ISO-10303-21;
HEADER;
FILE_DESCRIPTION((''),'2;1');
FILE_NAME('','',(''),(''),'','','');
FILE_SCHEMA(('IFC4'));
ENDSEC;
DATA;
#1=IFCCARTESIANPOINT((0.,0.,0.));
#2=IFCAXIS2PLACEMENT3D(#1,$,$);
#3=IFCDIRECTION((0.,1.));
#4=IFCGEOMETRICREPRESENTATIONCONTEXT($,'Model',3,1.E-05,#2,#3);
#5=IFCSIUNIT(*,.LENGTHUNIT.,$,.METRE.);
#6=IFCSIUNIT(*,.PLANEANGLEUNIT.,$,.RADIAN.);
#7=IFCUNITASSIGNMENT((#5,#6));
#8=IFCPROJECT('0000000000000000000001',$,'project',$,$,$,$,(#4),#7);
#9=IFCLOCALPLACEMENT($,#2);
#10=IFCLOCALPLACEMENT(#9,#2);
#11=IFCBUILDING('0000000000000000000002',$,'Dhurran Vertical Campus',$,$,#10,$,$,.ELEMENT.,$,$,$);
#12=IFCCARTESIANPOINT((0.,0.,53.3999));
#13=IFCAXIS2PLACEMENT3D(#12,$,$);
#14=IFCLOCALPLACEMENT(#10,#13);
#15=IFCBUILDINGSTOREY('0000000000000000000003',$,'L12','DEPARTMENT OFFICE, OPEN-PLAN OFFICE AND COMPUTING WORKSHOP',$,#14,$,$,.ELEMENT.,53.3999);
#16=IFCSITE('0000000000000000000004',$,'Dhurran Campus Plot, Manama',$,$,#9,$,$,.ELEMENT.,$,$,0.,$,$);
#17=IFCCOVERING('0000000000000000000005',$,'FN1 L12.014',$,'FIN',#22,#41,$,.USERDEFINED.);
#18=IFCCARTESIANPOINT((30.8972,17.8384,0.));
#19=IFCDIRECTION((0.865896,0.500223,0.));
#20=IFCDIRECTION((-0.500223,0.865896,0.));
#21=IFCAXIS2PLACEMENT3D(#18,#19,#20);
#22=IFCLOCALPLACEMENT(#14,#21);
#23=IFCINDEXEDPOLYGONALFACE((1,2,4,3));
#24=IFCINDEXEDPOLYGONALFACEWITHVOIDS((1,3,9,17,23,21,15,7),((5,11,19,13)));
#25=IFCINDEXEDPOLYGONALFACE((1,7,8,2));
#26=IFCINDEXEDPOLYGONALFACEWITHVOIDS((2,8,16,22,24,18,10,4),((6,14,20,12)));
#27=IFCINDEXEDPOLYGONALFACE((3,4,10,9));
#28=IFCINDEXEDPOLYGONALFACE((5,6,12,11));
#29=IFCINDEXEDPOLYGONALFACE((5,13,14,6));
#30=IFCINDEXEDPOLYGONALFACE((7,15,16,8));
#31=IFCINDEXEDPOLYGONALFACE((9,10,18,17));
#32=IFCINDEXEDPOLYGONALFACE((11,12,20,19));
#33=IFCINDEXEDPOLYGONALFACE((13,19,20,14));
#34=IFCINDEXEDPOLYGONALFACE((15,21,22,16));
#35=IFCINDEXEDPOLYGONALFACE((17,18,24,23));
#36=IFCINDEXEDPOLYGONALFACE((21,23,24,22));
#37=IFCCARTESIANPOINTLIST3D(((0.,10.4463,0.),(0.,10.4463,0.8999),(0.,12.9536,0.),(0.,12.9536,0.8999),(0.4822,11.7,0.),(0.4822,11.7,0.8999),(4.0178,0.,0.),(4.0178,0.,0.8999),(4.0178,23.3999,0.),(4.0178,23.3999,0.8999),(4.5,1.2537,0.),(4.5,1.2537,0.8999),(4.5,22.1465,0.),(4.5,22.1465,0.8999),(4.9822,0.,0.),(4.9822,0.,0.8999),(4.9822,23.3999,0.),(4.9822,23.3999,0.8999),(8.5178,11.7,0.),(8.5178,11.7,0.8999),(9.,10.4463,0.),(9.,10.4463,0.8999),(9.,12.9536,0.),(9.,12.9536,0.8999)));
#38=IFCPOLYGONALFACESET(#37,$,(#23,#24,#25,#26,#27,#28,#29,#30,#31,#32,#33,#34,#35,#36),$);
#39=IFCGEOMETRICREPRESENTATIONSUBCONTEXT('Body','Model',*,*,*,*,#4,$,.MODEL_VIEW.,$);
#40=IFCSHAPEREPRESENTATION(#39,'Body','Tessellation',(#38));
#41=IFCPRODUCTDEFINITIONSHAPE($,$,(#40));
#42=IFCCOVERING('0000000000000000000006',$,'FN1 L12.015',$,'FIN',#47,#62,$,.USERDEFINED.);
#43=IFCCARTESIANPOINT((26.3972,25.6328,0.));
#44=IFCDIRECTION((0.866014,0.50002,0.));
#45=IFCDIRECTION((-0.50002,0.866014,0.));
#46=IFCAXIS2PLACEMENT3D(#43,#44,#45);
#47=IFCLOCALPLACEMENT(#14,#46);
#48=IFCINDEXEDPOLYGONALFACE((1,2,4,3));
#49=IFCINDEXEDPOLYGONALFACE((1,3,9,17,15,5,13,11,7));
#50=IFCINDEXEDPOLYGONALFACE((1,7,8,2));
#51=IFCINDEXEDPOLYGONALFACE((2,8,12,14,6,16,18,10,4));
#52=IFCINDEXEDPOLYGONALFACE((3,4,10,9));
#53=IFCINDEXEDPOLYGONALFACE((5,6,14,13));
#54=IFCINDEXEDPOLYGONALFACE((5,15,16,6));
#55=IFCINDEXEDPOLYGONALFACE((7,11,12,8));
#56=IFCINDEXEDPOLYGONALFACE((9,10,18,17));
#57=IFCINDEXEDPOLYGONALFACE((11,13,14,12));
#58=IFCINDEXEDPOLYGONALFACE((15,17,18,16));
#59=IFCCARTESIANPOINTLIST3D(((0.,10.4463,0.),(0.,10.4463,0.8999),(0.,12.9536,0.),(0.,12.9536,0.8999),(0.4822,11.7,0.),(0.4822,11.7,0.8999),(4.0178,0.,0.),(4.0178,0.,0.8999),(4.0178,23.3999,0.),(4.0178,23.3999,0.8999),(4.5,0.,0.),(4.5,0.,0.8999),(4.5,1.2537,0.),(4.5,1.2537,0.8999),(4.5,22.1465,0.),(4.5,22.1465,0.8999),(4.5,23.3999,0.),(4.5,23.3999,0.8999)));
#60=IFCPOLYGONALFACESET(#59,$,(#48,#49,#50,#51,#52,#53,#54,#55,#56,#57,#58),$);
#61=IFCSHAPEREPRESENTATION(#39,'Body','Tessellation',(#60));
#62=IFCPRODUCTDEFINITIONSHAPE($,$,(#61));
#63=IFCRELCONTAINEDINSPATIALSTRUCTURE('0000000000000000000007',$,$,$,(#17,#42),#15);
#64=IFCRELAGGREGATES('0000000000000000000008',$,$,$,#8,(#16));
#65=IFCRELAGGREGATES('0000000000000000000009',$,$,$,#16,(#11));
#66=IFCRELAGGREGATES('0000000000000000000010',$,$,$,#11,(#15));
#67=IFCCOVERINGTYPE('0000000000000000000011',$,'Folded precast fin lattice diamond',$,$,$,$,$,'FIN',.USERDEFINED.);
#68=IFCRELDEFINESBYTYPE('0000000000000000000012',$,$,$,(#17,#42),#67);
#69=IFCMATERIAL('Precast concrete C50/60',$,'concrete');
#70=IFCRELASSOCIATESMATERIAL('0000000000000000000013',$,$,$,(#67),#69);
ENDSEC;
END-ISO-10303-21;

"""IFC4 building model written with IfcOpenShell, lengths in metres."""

from ifc_helpers import new_model, si_unit, direction, frame, origin, place, context, subcontext, project, spatial, polyline, outline, extrude, material, type_object, element, save


model = new_model("IFC4")

# Units and contexts
model_context = context("Model", 3, precision=1e-05, world=origin(), true_north=direction((0.0, 1.0)))
body_context = subcontext(model_context, "Body", "Model", "MODEL_VIEW")
ifc_project = project(units=[si_unit("LENGTHUNIT", "METRE"), si_unit("PLANEANGLEUNIT", "RADIAN")], contexts=[model_context])

# Site, building, storey
site_placement = place(None, origin())
site = spatial("IfcSite", under=ifc_project, at=site_placement, Name="Dhurran Campus Plot, Manama", CompositionType="ELEMENT", RefElevation=0.0)
building_placement = place(site_placement, origin())
building = spatial("IfcBuilding", under=site, at=building_placement, Name="Dhurran Vertical Campus", CompositionType="ELEMENT")
storey_placement = place(building_placement, frame((0.0, 0.0, 53.3999)))
storey = spatial("IfcBuildingStorey", under=building, at=storey_placement, Name="L12", Description="DEPARTMENT OFFICE, OPEN-PLAN OFFICE AND COMPUTING WORKSHOP", CompositionType="ELEMENT", Elevation=53.3999)

# Coverings
ifc_material_1 = material(Name="Precast concrete C50/60", Category="concrete")
covering_type = type_object("IfcCoveringType", Name="Folded precast fin lattice diamond", ElementType="FIN", PredefinedType="USERDEFINED", material=ifc_material_1)
covering_1_placement = place(storey_placement, frame((30.8972, 17.8384, 0.0), z_axis=(0.865896, 0.500223, 0.0), x_axis=(-0.500223, 0.865896, 0.0)))
element("IfcCovering", 1, at=covering_1_placement, inside=storey, type_object=covering_type, Name="FN1 L12.014", ObjectType="FIN", PredefinedType="USERDEFINED", context=body_context, shape_type="SweptSolid", body=[
    extrude(outline(polyline([(9.0, 12.9536), (9.0, 10.4463), (4.9822, 0.0), (4.0178, 0.0), (0.0, 10.4463), (0.0, 12.9536), (4.0178, 23.3999), (4.9822, 23.3999), (9.0, 12.9536)]), holes=[polyline([(8.5178, 11.7), (4.5, 22.1465), (0.4822, 11.7), (4.5, 1.2537), (8.5178, 11.7)])]), origin(), (0.0, 0.0, 1.0), 0.8999),
])
covering_2_placement = place(storey_placement, frame((26.3972, 25.6328, 0.0), z_axis=(0.866014, 0.50002, 0.0), x_axis=(-0.50002, 0.866014, 0.0)))
element("IfcCovering", 2, at=covering_2_placement, inside=storey, type_object=covering_type, Name="FN1 L12.015", ObjectType="FIN", PredefinedType="USERDEFINED", context=body_context, shape_type="SweptSolid", body=[
    extrude(outline(polyline([(4.0178, 0.0), (0.0, 10.4463), (0.0, 12.9536), (4.0178, 23.3999), (4.5, 23.3999), (4.5, 22.1465), (0.4822, 11.7), (4.5, 1.2537), (4.5, 0.0), (4.0178, 0.0)])), origin(), (0.0, 0.0, 1.0), 0.8999),
])

save(model, "model.ifc")
